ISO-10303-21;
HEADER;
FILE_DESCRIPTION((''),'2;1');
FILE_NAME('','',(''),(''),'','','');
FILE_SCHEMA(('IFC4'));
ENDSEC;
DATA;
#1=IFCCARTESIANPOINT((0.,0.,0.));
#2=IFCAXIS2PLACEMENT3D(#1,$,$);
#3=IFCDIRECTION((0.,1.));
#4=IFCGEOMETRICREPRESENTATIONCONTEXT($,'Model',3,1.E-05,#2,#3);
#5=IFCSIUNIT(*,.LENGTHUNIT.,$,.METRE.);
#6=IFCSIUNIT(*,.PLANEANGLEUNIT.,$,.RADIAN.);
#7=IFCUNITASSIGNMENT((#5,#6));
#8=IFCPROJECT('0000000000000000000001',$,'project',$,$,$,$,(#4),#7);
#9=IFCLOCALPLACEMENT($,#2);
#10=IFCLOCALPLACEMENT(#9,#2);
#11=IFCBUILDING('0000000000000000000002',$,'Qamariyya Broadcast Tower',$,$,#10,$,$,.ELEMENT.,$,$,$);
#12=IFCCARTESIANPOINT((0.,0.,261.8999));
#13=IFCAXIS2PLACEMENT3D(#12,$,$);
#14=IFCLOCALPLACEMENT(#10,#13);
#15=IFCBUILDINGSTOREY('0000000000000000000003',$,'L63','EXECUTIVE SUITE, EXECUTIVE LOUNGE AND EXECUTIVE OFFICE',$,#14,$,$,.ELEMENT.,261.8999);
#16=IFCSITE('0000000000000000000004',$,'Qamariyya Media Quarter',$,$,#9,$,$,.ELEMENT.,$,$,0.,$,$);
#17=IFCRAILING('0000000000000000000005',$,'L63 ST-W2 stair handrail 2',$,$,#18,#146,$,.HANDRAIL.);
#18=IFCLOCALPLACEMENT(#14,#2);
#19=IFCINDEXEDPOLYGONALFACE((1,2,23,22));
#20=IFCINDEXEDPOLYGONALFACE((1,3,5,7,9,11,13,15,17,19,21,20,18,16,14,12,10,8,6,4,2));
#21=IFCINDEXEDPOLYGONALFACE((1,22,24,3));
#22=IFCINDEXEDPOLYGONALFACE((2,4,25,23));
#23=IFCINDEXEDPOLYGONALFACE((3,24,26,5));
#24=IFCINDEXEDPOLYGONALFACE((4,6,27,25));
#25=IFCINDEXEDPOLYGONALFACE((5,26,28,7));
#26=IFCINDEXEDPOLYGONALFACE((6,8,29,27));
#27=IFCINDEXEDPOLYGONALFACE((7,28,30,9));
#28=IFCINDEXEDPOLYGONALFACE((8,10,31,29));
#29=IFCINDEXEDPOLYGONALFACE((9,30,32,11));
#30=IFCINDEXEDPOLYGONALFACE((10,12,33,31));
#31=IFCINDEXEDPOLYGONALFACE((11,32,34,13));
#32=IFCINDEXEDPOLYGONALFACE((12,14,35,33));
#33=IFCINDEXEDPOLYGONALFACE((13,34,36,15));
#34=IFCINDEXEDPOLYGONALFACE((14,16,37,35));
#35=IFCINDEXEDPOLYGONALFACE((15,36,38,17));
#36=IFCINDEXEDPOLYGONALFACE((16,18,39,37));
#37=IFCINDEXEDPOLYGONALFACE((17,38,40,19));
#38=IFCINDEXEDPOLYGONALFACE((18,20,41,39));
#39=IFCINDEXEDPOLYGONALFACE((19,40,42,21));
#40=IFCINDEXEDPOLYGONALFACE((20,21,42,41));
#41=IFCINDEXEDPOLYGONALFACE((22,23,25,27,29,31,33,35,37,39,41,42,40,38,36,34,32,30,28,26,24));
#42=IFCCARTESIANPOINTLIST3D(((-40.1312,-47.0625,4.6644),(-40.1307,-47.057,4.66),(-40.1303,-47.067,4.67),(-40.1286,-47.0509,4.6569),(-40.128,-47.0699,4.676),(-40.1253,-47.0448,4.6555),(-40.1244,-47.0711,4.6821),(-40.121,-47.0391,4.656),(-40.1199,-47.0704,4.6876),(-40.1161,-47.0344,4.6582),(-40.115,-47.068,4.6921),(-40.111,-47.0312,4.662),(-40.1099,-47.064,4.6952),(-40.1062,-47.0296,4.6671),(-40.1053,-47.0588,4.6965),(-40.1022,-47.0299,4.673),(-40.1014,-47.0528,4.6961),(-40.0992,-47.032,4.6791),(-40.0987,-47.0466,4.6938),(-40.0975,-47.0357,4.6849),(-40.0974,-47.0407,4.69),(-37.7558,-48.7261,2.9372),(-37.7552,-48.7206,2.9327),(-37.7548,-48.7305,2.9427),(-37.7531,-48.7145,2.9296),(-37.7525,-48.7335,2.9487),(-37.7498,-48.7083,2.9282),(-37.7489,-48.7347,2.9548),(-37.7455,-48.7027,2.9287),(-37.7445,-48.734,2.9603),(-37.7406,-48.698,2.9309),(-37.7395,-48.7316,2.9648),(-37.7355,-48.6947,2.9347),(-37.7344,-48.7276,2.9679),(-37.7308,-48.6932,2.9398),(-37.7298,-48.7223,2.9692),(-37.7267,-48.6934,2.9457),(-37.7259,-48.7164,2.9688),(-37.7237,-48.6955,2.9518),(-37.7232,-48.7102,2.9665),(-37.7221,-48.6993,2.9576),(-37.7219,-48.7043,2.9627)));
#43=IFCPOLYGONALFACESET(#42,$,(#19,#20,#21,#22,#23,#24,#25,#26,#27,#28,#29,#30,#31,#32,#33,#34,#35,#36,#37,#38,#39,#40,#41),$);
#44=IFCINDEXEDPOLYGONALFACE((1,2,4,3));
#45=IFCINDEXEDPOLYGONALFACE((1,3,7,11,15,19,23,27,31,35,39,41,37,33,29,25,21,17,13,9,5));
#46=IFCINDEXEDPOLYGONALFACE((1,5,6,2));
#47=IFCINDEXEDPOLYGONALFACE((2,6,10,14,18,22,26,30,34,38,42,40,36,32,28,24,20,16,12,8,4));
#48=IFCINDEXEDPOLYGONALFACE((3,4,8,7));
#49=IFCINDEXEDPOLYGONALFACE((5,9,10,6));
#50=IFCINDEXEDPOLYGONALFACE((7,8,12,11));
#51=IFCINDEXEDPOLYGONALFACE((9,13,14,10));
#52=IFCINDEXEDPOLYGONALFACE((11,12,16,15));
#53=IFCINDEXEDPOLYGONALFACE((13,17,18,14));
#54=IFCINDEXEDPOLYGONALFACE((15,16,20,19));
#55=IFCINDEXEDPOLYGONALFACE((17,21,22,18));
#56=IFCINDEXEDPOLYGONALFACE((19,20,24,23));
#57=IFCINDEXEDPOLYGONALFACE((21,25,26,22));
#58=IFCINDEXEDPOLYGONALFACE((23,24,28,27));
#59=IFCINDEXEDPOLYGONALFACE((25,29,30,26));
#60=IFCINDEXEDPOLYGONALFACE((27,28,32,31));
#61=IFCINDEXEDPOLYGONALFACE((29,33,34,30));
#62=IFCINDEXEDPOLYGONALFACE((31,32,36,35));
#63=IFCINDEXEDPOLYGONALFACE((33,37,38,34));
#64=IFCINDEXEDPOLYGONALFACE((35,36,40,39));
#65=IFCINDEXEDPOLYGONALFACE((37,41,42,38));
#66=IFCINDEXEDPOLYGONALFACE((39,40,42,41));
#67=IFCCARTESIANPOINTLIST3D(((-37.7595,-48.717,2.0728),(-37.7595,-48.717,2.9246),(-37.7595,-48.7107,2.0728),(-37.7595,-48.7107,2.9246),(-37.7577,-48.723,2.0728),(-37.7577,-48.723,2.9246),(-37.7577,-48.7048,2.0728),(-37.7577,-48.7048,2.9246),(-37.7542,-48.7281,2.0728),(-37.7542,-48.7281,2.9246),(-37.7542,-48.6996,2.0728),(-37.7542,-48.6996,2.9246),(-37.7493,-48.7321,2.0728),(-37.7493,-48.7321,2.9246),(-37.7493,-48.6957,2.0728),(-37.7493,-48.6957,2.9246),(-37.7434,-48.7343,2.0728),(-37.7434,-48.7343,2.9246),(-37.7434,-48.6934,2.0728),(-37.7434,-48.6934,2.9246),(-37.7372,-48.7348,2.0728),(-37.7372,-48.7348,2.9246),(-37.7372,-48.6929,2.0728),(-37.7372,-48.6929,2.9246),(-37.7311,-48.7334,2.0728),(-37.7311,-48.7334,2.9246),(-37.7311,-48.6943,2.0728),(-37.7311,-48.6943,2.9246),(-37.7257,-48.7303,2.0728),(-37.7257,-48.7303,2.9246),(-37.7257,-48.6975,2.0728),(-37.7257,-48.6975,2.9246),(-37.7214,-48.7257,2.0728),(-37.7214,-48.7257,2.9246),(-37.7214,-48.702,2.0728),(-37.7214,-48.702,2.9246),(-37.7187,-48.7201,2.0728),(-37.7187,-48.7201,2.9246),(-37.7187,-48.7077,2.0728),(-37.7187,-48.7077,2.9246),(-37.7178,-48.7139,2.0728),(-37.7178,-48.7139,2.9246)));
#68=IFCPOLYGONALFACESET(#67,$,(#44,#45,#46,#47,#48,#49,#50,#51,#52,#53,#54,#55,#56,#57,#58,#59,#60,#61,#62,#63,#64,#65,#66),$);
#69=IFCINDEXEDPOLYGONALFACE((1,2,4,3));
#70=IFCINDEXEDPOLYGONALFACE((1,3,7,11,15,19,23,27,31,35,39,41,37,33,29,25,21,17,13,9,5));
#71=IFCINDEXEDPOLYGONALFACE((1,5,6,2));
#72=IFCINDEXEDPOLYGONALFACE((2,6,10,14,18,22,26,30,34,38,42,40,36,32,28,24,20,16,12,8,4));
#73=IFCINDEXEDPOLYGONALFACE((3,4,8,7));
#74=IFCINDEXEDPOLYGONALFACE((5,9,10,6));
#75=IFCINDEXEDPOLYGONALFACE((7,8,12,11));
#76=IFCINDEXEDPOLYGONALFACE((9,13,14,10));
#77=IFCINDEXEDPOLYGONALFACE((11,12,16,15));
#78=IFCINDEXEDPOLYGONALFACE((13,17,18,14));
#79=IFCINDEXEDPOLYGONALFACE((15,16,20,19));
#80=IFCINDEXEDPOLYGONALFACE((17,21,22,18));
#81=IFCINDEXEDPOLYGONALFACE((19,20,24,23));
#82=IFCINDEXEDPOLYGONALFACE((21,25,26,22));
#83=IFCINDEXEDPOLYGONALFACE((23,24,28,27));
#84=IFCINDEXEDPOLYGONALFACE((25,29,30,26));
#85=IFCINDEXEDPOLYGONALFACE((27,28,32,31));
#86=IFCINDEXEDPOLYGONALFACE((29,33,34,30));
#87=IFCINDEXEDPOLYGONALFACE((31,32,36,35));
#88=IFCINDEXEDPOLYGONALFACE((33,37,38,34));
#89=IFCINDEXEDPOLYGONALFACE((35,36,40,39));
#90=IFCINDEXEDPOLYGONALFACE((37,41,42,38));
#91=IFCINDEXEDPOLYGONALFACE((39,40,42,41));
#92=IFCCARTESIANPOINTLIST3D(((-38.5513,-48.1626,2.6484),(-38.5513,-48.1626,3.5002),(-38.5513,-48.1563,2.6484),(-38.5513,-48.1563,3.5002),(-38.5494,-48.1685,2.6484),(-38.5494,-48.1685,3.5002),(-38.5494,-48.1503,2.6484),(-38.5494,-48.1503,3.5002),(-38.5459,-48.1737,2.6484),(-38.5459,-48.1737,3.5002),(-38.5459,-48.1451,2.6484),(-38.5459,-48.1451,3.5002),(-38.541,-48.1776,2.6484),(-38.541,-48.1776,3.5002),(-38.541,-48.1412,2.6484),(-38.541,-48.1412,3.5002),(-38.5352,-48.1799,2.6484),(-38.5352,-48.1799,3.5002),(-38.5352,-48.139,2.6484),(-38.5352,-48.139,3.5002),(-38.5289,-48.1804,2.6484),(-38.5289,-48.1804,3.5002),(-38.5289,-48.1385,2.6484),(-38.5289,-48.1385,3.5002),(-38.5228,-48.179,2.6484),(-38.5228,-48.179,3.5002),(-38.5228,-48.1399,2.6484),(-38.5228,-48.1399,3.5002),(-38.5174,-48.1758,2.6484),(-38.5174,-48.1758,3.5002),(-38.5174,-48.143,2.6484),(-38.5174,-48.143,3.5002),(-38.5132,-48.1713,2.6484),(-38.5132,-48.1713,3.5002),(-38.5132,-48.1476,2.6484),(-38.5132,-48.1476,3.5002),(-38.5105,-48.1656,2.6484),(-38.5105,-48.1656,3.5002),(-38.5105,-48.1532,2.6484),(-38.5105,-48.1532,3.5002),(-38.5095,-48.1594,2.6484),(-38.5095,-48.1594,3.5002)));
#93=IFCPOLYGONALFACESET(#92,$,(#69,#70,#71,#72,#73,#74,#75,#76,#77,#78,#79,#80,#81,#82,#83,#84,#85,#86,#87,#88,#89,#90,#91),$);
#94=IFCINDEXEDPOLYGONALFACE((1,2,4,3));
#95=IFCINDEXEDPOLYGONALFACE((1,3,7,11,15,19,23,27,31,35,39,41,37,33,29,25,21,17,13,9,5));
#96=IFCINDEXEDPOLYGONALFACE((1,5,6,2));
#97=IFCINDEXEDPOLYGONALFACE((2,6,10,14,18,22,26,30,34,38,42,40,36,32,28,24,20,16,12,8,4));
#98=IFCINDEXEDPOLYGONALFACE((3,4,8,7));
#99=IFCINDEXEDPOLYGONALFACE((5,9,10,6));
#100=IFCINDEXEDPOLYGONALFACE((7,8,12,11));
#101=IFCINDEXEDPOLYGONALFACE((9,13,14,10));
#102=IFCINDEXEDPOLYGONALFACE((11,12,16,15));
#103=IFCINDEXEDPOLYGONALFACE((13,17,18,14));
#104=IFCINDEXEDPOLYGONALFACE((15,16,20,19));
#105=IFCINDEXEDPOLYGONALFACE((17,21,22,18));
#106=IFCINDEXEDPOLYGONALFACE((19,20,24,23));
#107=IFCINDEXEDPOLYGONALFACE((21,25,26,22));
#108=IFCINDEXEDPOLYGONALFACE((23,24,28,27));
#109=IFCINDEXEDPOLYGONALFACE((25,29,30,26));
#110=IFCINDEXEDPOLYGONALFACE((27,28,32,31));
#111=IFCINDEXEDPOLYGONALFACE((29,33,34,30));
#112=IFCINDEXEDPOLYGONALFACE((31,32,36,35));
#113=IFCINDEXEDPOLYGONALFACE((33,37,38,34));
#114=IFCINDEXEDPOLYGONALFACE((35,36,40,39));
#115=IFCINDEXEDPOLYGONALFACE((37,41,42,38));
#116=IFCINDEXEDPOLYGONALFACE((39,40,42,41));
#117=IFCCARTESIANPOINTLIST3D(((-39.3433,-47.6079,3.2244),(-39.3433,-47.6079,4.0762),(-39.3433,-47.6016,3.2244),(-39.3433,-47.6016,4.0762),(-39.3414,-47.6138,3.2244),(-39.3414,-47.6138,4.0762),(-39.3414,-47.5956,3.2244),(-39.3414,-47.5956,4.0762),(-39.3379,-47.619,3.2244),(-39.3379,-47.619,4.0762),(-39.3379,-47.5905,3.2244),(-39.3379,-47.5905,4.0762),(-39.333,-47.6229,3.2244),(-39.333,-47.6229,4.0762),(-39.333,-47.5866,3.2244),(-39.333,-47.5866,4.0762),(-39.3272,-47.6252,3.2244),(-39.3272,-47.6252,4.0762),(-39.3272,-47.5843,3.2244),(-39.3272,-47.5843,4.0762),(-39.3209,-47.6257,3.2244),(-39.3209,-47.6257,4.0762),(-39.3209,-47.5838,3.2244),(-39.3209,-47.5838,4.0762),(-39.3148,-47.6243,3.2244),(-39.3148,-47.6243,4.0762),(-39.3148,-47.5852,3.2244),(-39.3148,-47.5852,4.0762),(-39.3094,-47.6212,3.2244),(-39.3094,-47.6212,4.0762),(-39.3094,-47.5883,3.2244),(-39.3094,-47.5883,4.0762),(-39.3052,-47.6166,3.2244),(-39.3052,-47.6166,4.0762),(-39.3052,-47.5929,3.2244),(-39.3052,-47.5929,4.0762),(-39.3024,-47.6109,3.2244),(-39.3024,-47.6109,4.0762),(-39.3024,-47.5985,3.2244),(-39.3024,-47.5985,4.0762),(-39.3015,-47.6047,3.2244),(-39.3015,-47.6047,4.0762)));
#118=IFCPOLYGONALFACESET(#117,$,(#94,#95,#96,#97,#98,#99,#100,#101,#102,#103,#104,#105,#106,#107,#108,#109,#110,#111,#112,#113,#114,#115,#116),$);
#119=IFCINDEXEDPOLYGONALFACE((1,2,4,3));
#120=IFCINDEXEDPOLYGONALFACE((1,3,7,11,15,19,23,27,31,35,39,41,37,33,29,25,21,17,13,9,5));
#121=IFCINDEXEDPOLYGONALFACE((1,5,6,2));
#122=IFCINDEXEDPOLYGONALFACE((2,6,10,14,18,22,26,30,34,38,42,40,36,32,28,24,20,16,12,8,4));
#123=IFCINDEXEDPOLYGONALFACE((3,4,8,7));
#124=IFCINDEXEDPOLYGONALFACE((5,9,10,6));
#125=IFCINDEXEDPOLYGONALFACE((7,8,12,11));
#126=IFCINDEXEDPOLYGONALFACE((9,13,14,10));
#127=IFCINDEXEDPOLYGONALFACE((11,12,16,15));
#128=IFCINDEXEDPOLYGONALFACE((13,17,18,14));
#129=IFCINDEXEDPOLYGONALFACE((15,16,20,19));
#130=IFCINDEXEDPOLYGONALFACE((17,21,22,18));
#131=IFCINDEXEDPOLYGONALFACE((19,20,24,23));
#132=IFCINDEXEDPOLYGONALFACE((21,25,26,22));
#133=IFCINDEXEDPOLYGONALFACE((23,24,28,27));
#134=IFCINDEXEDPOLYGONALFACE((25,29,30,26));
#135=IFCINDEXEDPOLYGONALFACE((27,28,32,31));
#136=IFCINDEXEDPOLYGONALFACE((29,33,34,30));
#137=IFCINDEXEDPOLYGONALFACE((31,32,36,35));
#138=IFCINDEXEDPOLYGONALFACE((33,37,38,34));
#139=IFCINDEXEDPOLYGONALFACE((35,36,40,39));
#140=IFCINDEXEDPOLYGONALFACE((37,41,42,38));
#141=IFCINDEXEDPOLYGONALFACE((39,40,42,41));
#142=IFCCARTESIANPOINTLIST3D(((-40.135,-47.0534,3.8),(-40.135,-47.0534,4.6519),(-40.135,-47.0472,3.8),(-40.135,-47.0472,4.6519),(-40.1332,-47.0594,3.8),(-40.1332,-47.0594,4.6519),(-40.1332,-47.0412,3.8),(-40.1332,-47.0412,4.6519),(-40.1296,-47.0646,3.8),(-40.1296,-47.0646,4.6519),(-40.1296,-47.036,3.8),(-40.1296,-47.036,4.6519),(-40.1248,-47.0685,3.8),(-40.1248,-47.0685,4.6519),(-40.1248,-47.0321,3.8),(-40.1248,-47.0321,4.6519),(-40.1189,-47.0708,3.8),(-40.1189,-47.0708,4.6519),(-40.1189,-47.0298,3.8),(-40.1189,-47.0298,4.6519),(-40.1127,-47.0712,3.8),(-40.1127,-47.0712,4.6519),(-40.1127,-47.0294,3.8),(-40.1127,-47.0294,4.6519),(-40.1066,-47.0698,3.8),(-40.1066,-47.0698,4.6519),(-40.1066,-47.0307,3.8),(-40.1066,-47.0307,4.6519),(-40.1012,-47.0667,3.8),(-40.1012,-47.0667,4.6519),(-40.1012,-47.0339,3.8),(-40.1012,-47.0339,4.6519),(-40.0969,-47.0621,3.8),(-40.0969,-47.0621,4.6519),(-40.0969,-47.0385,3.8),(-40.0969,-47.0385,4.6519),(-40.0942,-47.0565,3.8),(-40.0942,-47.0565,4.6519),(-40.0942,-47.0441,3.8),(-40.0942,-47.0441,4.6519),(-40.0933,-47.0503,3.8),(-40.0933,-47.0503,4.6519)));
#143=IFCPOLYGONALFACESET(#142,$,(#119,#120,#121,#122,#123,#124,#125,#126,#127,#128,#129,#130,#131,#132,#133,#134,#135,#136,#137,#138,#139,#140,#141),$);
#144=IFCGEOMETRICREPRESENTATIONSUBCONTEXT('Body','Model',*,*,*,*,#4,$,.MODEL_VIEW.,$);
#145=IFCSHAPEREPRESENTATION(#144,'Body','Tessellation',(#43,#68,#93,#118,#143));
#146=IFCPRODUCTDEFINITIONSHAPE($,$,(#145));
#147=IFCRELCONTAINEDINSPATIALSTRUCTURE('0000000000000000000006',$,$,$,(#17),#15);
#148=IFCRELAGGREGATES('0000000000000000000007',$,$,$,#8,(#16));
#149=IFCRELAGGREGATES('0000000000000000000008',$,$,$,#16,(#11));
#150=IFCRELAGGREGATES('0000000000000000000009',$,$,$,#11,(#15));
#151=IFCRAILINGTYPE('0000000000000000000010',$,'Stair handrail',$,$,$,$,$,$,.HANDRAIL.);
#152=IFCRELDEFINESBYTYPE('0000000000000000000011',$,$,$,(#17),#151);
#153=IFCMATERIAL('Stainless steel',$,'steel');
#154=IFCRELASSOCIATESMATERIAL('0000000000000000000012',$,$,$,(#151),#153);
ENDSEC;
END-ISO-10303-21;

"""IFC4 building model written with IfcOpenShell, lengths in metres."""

from ifc_helpers import new_model, si_unit, direction, frame, origin, origin_2d, place, context, subcontext, project, spatial, circle, extrude, material, type_object, element, save


model = new_model("IFC4")

# Units and contexts
model_context = context("Model", 3, precision=1e-05, world=origin(), true_north=direction((0.0, 1.0)))
body_context = subcontext(model_context, "Body", "Model", "MODEL_VIEW")
ifc_project = project(units=[si_unit("LENGTHUNIT", "METRE"), si_unit("PLANEANGLEUNIT", "RADIAN")], contexts=[model_context])

# Site, building, storey
site_placement = place(None, origin())
site = spatial("IfcSite", under=ifc_project, at=site_placement, Name="Qamariyya Media Quarter", CompositionType="ELEMENT", RefElevation=0.0)
building_placement = place(site_placement, origin())
building = spatial("IfcBuilding", under=site, at=building_placement, Name="Qamariyya Broadcast Tower", CompositionType="ELEMENT")
storey_placement = place(building_placement, frame((0.0, 0.0, 261.8999)))
storey = spatial("IfcBuildingStorey", under=building, at=storey_placement, Name="L63", Description="EXECUTIVE SUITE, EXECUTIVE LOUNGE AND EXECUTIVE OFFICE", CompositionType="ELEMENT", Elevation=261.8999)

# Railing
ifc_material_1 = material(Name="Stainless steel", Category="steel")
railing_type_1 = type_object("IfcRailingType", Name="Stair handrail", PredefinedType="HANDRAIL", material=ifc_material_1)
railing_1_placement = place(storey_placement, frame((-37.7388, -48.7139, 2.0728)))
element("IfcRailing", 1, at=railing_1_placement, inside=storey, type_object=railing_type_1, Name="L63 ST-W2 stair handrail 2", PredefinedType="HANDRAIL", context=body_context, shape_type="SweptSolid", body=[
    extrude(circle(Radius=0.0239, at=origin_2d()), frame((0.0, 0.0, 0.876), z_axis=(-0.703745, 0.492838, 0.511716), x_axis=(-0.573632, -0.819113, 0.0)), (0.0, 0.0, 1.0), 3.3755),
    extrude(circle(Radius=0.021, at=origin_2d()), origin(), (0.0, 0.0, 1.0), 0.8518),
    extrude(circle(Radius=0.021, at=origin_2d()), frame((-0.7917, 0.5544, 0.5757)), (0.0, 0.0, 1.0), 0.8518),
    extrude(circle(Radius=0.021, at=origin_2d()), frame((-1.5837, 1.1091, 1.1516)), (0.0, 0.0, 1.0), 0.8518),
    extrude(circle(Radius=0.021, at=origin_2d()), frame((-2.3755, 1.6636, 1.7273)), (0.0, 0.0, 1.0), 0.8518),
])

save(model, "model.ifc")
